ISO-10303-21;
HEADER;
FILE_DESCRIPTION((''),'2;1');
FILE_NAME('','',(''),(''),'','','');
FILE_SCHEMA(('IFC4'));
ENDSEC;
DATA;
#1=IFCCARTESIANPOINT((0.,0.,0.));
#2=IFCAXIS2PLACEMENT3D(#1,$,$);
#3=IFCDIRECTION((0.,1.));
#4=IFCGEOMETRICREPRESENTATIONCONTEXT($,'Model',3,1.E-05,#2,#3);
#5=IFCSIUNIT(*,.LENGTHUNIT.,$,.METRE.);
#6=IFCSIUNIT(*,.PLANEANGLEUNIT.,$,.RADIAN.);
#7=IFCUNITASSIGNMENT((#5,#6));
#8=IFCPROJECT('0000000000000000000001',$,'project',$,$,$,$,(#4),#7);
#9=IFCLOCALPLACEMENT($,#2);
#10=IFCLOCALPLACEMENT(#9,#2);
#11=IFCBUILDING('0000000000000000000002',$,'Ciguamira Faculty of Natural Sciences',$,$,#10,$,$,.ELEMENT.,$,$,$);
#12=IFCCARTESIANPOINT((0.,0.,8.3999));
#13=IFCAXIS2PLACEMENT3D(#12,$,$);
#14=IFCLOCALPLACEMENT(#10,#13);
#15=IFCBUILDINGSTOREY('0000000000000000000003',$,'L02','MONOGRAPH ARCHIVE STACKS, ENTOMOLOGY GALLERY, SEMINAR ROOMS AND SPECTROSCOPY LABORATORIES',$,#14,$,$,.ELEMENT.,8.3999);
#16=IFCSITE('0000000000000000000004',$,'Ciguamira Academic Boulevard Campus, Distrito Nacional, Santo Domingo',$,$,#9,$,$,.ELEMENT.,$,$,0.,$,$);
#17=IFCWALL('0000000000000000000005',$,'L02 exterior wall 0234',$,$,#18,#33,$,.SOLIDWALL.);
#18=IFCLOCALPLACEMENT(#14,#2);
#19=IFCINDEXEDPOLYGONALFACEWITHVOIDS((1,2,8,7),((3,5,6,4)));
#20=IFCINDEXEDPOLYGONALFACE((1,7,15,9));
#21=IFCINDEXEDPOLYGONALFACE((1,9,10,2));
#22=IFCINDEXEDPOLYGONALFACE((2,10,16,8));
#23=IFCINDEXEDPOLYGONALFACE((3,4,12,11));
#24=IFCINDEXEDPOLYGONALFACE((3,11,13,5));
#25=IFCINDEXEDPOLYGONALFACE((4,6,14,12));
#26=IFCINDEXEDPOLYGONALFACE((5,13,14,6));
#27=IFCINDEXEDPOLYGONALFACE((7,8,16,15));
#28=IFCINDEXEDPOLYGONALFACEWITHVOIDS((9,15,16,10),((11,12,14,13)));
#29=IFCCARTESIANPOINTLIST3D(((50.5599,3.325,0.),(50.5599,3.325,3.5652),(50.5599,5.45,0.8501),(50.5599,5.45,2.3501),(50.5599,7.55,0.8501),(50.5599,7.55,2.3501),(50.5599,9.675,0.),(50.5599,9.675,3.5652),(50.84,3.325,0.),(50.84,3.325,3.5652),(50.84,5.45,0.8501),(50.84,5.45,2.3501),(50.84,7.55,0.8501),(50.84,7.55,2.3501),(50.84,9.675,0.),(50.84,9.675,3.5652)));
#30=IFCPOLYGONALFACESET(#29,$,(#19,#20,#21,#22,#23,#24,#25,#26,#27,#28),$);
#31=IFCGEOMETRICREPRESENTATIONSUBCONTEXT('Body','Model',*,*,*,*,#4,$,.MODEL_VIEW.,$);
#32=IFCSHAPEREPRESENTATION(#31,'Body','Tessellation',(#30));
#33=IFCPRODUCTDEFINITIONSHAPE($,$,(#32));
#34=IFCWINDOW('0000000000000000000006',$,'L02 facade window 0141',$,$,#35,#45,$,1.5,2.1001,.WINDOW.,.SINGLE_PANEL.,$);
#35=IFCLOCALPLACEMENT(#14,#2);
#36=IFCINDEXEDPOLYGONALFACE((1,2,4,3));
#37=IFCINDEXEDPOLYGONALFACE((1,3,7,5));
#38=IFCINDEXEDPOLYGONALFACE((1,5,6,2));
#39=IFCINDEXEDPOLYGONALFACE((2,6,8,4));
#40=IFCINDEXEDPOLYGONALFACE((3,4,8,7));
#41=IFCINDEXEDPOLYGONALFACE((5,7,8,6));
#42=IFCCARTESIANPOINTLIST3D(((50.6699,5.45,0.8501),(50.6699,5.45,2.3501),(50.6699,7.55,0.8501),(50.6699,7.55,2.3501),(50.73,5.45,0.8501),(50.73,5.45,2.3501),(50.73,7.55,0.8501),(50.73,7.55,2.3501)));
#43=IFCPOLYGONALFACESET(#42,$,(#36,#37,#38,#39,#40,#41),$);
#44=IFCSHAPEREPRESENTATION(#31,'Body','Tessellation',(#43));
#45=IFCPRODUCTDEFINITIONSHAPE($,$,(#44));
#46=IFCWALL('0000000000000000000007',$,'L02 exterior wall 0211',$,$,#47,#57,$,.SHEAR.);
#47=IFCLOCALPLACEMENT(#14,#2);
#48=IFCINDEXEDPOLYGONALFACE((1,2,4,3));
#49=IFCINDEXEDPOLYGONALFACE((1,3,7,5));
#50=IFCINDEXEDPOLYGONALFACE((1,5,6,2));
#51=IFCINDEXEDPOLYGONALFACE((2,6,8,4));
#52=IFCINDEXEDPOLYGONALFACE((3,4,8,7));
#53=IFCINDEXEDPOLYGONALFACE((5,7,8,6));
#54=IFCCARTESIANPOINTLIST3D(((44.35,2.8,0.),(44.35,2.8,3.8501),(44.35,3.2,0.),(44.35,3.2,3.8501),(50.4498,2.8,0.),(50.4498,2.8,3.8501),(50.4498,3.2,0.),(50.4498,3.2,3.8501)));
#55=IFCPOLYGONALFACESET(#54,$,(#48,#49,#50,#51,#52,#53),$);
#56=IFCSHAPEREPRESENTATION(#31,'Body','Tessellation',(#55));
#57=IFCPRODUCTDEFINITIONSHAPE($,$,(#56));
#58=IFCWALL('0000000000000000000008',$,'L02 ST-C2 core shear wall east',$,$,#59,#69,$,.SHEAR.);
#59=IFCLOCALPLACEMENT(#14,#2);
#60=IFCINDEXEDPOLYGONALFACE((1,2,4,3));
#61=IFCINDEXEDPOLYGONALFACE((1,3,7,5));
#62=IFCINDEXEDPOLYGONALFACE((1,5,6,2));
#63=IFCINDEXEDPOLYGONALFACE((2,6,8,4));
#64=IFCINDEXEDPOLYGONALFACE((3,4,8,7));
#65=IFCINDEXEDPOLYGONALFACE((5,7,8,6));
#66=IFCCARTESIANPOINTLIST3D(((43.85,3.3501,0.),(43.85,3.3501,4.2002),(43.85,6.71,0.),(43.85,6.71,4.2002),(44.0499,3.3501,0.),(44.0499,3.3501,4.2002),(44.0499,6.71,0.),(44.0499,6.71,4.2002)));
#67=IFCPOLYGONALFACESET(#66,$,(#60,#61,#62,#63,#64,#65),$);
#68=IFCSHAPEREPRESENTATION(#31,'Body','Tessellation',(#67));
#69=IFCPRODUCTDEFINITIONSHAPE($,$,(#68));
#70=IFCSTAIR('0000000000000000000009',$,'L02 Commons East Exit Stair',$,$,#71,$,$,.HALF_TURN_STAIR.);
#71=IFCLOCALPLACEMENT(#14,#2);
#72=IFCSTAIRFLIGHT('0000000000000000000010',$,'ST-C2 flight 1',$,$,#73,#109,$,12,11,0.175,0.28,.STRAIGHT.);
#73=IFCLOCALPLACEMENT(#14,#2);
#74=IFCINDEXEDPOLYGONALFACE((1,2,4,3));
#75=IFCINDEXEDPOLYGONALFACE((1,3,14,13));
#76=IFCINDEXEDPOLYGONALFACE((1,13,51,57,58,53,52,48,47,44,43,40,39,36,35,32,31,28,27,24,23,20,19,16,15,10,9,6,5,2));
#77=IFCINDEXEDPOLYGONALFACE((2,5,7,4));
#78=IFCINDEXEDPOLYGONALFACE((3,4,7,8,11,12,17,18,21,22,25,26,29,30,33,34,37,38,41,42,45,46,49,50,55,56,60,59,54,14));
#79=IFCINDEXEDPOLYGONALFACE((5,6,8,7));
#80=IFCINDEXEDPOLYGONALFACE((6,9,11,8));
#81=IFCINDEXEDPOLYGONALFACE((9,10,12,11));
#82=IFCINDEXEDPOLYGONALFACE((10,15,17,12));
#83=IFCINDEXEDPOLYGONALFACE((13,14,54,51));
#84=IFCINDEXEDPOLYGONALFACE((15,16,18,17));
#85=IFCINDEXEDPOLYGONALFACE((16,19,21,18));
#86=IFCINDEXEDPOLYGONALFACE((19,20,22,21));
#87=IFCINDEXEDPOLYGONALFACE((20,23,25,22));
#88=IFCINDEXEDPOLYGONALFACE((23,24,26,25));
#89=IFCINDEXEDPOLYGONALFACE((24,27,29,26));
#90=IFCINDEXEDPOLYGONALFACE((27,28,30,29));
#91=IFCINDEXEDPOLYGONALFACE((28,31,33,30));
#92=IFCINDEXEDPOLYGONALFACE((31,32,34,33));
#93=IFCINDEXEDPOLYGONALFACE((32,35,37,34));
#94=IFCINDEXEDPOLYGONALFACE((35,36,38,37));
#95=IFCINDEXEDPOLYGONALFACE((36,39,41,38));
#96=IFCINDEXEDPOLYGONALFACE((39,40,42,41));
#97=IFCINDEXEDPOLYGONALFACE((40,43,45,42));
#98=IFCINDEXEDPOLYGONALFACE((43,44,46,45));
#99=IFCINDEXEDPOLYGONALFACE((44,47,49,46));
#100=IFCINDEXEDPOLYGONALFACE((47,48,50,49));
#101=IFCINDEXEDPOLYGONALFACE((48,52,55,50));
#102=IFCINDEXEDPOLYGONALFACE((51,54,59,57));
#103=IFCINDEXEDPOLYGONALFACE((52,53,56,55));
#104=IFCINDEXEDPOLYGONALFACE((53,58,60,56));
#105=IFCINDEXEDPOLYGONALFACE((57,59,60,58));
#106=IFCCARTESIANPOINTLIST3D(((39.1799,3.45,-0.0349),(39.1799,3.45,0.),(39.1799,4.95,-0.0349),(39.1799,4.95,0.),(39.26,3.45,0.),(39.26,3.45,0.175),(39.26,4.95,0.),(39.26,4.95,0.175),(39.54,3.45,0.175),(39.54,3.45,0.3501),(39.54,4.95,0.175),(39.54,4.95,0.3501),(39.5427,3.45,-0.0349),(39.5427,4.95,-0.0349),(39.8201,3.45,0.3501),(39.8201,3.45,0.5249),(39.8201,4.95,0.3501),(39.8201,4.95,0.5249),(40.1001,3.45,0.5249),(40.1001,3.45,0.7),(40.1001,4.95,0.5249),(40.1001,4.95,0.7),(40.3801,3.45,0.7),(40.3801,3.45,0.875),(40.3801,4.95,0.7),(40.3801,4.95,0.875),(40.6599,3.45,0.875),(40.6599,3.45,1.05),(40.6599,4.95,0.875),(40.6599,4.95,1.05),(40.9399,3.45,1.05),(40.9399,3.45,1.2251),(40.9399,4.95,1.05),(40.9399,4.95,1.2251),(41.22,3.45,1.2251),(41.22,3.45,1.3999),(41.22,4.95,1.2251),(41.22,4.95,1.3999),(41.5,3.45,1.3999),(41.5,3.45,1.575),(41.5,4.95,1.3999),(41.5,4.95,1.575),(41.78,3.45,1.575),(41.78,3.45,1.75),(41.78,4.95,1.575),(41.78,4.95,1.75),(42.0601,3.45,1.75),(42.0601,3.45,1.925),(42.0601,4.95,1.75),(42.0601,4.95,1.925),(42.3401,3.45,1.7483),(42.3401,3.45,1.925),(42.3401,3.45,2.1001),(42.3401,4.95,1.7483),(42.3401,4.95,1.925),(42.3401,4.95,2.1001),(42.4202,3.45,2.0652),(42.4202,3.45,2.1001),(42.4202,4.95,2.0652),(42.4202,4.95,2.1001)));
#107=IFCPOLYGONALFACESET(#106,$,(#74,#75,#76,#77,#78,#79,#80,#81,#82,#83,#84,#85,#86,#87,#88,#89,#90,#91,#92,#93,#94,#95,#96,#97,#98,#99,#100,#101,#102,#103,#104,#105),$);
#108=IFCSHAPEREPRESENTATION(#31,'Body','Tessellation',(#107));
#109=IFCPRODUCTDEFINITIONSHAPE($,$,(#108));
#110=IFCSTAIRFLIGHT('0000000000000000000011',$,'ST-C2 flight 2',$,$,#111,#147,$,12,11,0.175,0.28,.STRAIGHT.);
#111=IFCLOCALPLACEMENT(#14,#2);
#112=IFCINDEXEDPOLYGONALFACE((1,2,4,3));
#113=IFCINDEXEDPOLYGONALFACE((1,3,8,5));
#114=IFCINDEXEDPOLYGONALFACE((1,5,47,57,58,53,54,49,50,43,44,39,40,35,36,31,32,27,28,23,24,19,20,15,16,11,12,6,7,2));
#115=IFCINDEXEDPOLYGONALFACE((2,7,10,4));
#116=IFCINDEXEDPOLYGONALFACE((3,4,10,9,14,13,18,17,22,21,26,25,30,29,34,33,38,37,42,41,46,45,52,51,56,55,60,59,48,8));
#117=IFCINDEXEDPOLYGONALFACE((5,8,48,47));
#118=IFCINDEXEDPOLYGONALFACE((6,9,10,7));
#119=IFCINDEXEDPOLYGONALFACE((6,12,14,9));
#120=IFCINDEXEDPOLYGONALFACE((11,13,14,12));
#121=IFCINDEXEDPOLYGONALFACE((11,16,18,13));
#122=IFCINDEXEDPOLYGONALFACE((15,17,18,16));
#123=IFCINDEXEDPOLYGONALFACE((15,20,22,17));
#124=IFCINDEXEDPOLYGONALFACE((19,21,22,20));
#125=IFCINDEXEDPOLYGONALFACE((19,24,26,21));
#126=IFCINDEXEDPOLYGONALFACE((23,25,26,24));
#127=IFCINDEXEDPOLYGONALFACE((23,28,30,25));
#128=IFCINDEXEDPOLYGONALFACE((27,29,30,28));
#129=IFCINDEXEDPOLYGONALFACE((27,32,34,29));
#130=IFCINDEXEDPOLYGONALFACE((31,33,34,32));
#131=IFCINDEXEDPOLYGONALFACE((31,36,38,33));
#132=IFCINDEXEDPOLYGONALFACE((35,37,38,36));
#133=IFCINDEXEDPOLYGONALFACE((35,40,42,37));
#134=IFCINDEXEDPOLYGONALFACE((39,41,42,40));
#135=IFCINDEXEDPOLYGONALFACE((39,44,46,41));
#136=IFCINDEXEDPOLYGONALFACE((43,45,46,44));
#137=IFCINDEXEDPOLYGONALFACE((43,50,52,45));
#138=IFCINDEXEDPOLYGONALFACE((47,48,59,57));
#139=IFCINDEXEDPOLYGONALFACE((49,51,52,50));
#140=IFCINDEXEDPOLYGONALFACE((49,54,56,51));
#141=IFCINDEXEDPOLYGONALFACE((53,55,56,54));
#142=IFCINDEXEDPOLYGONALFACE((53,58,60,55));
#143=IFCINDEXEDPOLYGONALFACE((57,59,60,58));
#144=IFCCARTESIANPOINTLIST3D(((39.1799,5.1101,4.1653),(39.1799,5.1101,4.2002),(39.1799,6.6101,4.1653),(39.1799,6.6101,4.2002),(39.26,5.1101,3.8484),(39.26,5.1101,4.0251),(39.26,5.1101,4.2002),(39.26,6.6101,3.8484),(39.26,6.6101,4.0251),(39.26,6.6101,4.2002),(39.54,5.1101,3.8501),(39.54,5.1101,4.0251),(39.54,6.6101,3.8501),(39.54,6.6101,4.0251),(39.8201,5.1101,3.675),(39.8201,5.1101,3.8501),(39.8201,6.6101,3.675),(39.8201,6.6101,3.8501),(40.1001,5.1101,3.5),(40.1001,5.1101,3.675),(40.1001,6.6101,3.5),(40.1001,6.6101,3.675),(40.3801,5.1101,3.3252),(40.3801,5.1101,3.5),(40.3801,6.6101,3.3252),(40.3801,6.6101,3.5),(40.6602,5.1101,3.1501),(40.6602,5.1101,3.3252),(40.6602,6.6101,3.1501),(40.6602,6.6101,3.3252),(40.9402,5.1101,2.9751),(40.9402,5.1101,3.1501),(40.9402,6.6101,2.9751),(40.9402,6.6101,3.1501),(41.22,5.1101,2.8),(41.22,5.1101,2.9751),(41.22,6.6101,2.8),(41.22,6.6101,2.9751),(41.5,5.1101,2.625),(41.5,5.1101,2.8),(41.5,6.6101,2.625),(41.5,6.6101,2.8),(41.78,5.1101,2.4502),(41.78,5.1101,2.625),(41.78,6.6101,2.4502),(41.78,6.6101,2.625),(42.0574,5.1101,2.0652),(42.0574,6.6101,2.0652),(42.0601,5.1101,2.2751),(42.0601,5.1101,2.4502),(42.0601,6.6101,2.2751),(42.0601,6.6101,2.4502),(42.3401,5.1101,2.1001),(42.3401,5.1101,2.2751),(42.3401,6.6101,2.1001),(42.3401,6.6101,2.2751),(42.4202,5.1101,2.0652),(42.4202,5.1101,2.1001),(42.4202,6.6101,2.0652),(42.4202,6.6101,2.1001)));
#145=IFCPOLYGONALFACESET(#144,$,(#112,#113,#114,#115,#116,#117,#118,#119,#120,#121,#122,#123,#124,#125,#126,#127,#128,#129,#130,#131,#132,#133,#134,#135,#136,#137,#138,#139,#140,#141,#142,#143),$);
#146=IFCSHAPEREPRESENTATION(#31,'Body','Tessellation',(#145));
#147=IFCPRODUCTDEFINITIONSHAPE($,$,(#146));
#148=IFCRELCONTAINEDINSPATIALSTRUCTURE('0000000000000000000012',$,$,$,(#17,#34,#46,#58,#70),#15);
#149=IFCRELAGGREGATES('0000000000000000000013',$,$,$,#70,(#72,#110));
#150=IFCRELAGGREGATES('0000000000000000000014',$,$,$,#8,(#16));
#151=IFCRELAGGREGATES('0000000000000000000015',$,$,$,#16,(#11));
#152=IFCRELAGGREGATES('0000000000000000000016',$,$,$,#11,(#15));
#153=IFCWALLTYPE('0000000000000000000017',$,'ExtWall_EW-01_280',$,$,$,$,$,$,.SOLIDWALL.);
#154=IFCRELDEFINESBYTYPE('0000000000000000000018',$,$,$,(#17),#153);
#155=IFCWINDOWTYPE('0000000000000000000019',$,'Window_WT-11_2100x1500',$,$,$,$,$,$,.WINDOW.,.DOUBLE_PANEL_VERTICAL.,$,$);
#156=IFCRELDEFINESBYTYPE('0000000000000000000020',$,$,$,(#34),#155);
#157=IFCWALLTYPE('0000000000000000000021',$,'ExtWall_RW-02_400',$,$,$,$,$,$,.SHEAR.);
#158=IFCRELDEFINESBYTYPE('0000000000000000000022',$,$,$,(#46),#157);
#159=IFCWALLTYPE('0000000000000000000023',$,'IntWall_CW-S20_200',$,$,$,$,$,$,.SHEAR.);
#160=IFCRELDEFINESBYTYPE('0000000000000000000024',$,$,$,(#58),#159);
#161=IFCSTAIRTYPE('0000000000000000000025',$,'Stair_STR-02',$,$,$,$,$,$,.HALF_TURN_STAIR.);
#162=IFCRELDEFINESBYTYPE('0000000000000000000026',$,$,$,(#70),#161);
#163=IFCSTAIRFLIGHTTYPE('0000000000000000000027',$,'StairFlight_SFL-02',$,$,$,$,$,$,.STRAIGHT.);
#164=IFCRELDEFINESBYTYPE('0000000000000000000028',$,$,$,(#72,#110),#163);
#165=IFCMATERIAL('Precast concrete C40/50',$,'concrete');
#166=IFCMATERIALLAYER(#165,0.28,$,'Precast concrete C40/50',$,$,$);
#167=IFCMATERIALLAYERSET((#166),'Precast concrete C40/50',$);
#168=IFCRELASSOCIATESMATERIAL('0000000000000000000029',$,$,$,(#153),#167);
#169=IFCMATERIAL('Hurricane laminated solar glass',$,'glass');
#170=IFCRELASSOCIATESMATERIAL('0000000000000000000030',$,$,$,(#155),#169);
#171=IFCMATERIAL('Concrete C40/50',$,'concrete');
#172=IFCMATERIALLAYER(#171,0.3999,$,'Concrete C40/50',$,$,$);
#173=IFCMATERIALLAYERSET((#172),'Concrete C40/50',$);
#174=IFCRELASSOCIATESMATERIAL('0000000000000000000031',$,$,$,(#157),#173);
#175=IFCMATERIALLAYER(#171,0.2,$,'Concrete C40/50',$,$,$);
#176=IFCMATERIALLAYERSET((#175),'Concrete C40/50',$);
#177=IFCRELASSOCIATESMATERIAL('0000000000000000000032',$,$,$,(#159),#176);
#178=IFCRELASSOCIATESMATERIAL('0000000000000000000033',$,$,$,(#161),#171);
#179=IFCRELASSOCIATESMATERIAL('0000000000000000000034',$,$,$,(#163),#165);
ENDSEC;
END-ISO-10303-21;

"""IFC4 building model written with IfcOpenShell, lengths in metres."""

from ifc_helpers import new_model, si_unit, direction, frame, frame_2d, origin, place, context, subcontext, project, spatial, polyline, rectangle, outline, extrude, material, layer, layer_set, type_object, element, fill, aggregate, save


model = new_model("IFC4")

# Units and contexts
model_context = context("Model", 3, precision=1e-05, world=origin(), true_north=direction((0.0, 1.0)))
body_context = subcontext(model_context, "Body", "Model", "MODEL_VIEW")
ifc_project = project(units=[si_unit("LENGTHUNIT", "METRE"), si_unit("PLANEANGLEUNIT", "RADIAN")], contexts=[model_context])

# Site, building, storey
site_placement = place(None, origin())
site = spatial("IfcSite", under=ifc_project, at=site_placement, Name="Ciguamira Academic Boulevard Campus, Distrito Nacional, Santo Domingo", CompositionType="ELEMENT", RefElevation=0.0)
building_placement = place(site_placement, origin())
building = spatial("IfcBuilding", under=site, at=building_placement, Name="Ciguamira Faculty of Natural Sciences", CompositionType="ELEMENT")
storey_placement = place(building_placement, frame((0.0, 0.0, 8.3999)))
storey = spatial("IfcBuildingStorey", under=building, at=storey_placement, Name="L02", Description="MONOGRAPH ARCHIVE STACKS, ENTOMOLOGY GALLERY, SEMINAR ROOMS AND SPECTROSCOPY LABORATORIES", CompositionType="ELEMENT", Elevation=8.3999)

# Shared definitions
ifc_material_1 = material(Name="Concrete C40/50", Category="concrete")

# Shared definitions
ifc_material_2 = material(Name="Precast concrete C40/50", Category="concrete")

# Wall, opening, window
ifc_layer_1 = layer(ifc_material_2, 0.28, Name="Precast concrete C40/50")
ifc_layer_set_1 = layer_set([ifc_layer_1], Name="Precast concrete C40/50")
wall_type_1 = type_object("IfcWallType", Name="ExtWall_EW-01_280", PredefinedType="SOLIDWALL", material=ifc_layer_set_1)
wall_1_placement = place(storey_placement, frame((50.7, 3.325, 0.0), z_axis=(0.0, 0.0, 1.0), x_axis=(0.0, 1.0, 0.0)))
wall_1 = element("IfcWall", 1, at=wall_1_placement, inside=storey, type_object=wall_type_1, Name="L02 exterior wall 0234", PredefinedType="SOLIDWALL", context=body_context, shape_type="SweptSolid", body=[
    extrude(rectangle(XDim=6.3501, YDim=0.28, at=frame_2d((3.175, 0.0))), origin(), (0.0, 0.0, 1.0), 3.5652),
])
opening_placement = place(wall_1_placement, frame((2.125, 0.0, 0.8501)))
opening = element("IfcOpeningElement", 2, at=opening_placement, cuts=wall_1, PredefinedType="OPENING", context=body_context, shape_type="SweptSolid", body=[
    extrude(rectangle(XDim=2.1001, YDim=1.5, at=frame_2d((1.05, 0.75))), frame((0.0, 0.1499, 0.0), z_axis=(0.0, -1.0, 0.0), x_axis=(1.0, 0.0, 0.0)), (0.0, 0.0, 1.0), 0.3),
])
ifc_material_3 = material(Name="Hurricane laminated solar glass", Category="glass")
window_type = type_object("IfcWindowType", Name="Window_WT-11_2100x1500", PartitioningType="DOUBLE_PANEL_VERTICAL", PredefinedType="WINDOW", material=ifc_material_3)
window_placement = place(opening_placement, origin())
window = element("IfcWindow", 3, at=window_placement, inside=storey, type_object=window_type, Name="L02 facade window 0141", OverallHeight=1.5, OverallWidth=2.1001, PartitioningType="SINGLE_PANEL", PredefinedType="WINDOW", context=body_context, shape_type="SweptSolid", body=[
    extrude(rectangle(XDim=2.1001, YDim=1.5, at=frame_2d((1.05, 0.75))), frame((0.0, 0.03, 0.0), z_axis=(0.0, -1.0, 0.0), x_axis=(1.0, 0.0, 0.0)), (0.0, 0.0, 1.0), 0.0601),
])
fill(opening, window)

# Walls
ifc_layer_2 = layer(ifc_material_1, 0.3999, Name="Concrete C40/50")
ifc_layer_set_2 = layer_set([ifc_layer_2], Name="Concrete C40/50")
wall_type_2 = type_object("IfcWallType", Name="ExtWall_RW-02_400", PredefinedType="SHEAR", material=ifc_layer_set_2)
wall_2_placement = place(storey_placement, frame((44.3501, 3.0, 0.0), z_axis=(0.0, 0.0, 1.0), x_axis=(1.0, 0.0, 0.0)))
element("IfcWall", 4, at=wall_2_placement, inside=storey, type_object=wall_type_2, Name="L02 exterior wall 0211", PredefinedType="SHEAR", context=body_context, shape_type="SweptSolid", body=[
    extrude(rectangle(XDim=6.0999, YDim=0.3999, at=frame_2d((3.0498, 0.0))), origin(), (0.0, 0.0, 1.0), 3.8501),
])
ifc_layer_3 = layer(ifc_material_1, 0.2, Name="Concrete C40/50")
ifc_layer_set_3 = layer_set([ifc_layer_3], Name="Concrete C40/50")
wall_type_3 = type_object("IfcWallType", Name="IntWall_CW-S20_200", PredefinedType="SHEAR", material=ifc_layer_set_3)
wall_3_placement = place(storey_placement, frame((43.95, 3.3501, 0.0), z_axis=(0.0, 0.0, 1.0), x_axis=(0.0, 1.0, 0.0)))
element("IfcWall", 5, at=wall_3_placement, inside=storey, type_object=wall_type_3, Name="L02 ST-C2 core shear wall east", PredefinedType="SHEAR", context=body_context, shape_type="SweptSolid", body=[
    extrude(rectangle(XDim=3.3599, YDim=0.2, at=frame_2d((1.6799, 0.0))), origin(), (0.0, 0.0, 1.0), 4.2002),
])

# Stair, stair flights
stair_type = type_object("IfcStairType", Name="Stair_STR-02", PredefinedType="HALF_TURN_STAIR", material=ifc_material_1)
stair_placement = place(storey_placement, origin())
stair = element("IfcStair", 6, at=stair_placement, inside=storey, type_object=stair_type, Name="L02 Commons East Exit Stair", PredefinedType="HALF_TURN_STAIR")
stair_flight_type = type_object("IfcStairFlightType", Name="StairFlight_SFL-02", PredefinedType="STRAIGHT", material=ifc_material_2)
stair_flight_1_placement = place(storey_placement, frame((39.26, 4.2, 0.0), z_axis=(0.0, 0.0, 1.0), x_axis=(1.0, 0.0, 0.0)))
stair_flight_1 = element("IfcStairFlight", 7, at=stair_flight_1_placement, type_object=stair_flight_type, Name="ST-C2 flight 1", NumberOfRisers=12, NumberOfTreads=11, PredefinedType="STRAIGHT", RiserHeight=0.175, TreadLength=0.28, context=body_context, shape_type="SweptSolid", body=[
    extrude(outline(polyline([(-0.0801, -0.0349), (-0.0801, 0.0), (0.0, 0.0), (0.0, 0.175), (0.28, 0.175), (0.28, 0.3501), (0.5601, 0.3501), (0.5601, 0.5249), (0.8401, 0.5249), (0.8401, 0.7), (1.1201, 0.7), (1.1201, 0.875), (1.3999, 0.875), (1.3999, 1.05), (1.6799, 1.05), (1.6799, 1.2251), (1.96, 1.2251), (1.96, 1.3999), (2.24, 1.3999), (2.24, 1.575), (2.52, 1.575), (2.52, 1.75), (2.8, 1.75), (2.8, 1.925), (3.0801, 1.925), (3.0801, 2.1001), (3.1602, 2.1001), (3.1602, 2.0652), (3.0801, 1.7483), (0.2827, -0.0349), (-0.0801, -0.0349)])), frame((0.0, 0.75, 0.0), z_axis=(0.0, -1.0, 0.0), x_axis=(1.0, 0.0, 0.0)), (0.0, 0.0, 1.0), 1.5),
])
stair_flight_2_placement = place(storey_placement, frame((42.3401, 5.8601, 2.1001), z_axis=(0.0, 0.0, 1.0), x_axis=(-1.0, 0.0, 0.0)))
stair_flight_2 = element("IfcStairFlight", 8, at=stair_flight_2_placement, type_object=stair_flight_type, Name="ST-C2 flight 2", NumberOfRisers=12, NumberOfTreads=11, PredefinedType="STRAIGHT", RiserHeight=0.175, TreadLength=0.28, context=body_context, shape_type="SweptSolid", body=[
    extrude(outline(polyline([(-0.0801, -0.0349), (-0.0801, 0.0), (0.0, 0.0), (0.0, 0.175), (0.28, 0.175), (0.28, 0.3501), (0.5601, 0.3501), (0.5601, 0.5249), (0.8401, 0.5249), (0.8401, 0.7), (1.1201, 0.7), (1.1201, 0.875), (1.3999, 0.875), (1.3999, 1.05), (1.6799, 1.05), (1.6799, 1.2251), (1.96, 1.2251), (1.96, 1.3999), (2.24, 1.3999), (2.24, 1.575), (2.52, 1.575), (2.52, 1.75), (2.8, 1.75), (2.8, 1.925), (3.0801, 1.925), (3.0801, 2.1001), (3.1602, 2.1001), (3.1602, 2.0652), (3.0801, 1.7483), (0.2827, -0.0349), (-0.0801, -0.0349)])), frame((0.0, 0.75, 0.0), z_axis=(0.0, -1.0, 0.0), x_axis=(1.0, 0.0, 0.0)), (0.0, 0.0, 1.0), 1.5),
])
aggregate(stair, [stair_flight_1, stair_flight_2])

save(model, "model.ifc")
